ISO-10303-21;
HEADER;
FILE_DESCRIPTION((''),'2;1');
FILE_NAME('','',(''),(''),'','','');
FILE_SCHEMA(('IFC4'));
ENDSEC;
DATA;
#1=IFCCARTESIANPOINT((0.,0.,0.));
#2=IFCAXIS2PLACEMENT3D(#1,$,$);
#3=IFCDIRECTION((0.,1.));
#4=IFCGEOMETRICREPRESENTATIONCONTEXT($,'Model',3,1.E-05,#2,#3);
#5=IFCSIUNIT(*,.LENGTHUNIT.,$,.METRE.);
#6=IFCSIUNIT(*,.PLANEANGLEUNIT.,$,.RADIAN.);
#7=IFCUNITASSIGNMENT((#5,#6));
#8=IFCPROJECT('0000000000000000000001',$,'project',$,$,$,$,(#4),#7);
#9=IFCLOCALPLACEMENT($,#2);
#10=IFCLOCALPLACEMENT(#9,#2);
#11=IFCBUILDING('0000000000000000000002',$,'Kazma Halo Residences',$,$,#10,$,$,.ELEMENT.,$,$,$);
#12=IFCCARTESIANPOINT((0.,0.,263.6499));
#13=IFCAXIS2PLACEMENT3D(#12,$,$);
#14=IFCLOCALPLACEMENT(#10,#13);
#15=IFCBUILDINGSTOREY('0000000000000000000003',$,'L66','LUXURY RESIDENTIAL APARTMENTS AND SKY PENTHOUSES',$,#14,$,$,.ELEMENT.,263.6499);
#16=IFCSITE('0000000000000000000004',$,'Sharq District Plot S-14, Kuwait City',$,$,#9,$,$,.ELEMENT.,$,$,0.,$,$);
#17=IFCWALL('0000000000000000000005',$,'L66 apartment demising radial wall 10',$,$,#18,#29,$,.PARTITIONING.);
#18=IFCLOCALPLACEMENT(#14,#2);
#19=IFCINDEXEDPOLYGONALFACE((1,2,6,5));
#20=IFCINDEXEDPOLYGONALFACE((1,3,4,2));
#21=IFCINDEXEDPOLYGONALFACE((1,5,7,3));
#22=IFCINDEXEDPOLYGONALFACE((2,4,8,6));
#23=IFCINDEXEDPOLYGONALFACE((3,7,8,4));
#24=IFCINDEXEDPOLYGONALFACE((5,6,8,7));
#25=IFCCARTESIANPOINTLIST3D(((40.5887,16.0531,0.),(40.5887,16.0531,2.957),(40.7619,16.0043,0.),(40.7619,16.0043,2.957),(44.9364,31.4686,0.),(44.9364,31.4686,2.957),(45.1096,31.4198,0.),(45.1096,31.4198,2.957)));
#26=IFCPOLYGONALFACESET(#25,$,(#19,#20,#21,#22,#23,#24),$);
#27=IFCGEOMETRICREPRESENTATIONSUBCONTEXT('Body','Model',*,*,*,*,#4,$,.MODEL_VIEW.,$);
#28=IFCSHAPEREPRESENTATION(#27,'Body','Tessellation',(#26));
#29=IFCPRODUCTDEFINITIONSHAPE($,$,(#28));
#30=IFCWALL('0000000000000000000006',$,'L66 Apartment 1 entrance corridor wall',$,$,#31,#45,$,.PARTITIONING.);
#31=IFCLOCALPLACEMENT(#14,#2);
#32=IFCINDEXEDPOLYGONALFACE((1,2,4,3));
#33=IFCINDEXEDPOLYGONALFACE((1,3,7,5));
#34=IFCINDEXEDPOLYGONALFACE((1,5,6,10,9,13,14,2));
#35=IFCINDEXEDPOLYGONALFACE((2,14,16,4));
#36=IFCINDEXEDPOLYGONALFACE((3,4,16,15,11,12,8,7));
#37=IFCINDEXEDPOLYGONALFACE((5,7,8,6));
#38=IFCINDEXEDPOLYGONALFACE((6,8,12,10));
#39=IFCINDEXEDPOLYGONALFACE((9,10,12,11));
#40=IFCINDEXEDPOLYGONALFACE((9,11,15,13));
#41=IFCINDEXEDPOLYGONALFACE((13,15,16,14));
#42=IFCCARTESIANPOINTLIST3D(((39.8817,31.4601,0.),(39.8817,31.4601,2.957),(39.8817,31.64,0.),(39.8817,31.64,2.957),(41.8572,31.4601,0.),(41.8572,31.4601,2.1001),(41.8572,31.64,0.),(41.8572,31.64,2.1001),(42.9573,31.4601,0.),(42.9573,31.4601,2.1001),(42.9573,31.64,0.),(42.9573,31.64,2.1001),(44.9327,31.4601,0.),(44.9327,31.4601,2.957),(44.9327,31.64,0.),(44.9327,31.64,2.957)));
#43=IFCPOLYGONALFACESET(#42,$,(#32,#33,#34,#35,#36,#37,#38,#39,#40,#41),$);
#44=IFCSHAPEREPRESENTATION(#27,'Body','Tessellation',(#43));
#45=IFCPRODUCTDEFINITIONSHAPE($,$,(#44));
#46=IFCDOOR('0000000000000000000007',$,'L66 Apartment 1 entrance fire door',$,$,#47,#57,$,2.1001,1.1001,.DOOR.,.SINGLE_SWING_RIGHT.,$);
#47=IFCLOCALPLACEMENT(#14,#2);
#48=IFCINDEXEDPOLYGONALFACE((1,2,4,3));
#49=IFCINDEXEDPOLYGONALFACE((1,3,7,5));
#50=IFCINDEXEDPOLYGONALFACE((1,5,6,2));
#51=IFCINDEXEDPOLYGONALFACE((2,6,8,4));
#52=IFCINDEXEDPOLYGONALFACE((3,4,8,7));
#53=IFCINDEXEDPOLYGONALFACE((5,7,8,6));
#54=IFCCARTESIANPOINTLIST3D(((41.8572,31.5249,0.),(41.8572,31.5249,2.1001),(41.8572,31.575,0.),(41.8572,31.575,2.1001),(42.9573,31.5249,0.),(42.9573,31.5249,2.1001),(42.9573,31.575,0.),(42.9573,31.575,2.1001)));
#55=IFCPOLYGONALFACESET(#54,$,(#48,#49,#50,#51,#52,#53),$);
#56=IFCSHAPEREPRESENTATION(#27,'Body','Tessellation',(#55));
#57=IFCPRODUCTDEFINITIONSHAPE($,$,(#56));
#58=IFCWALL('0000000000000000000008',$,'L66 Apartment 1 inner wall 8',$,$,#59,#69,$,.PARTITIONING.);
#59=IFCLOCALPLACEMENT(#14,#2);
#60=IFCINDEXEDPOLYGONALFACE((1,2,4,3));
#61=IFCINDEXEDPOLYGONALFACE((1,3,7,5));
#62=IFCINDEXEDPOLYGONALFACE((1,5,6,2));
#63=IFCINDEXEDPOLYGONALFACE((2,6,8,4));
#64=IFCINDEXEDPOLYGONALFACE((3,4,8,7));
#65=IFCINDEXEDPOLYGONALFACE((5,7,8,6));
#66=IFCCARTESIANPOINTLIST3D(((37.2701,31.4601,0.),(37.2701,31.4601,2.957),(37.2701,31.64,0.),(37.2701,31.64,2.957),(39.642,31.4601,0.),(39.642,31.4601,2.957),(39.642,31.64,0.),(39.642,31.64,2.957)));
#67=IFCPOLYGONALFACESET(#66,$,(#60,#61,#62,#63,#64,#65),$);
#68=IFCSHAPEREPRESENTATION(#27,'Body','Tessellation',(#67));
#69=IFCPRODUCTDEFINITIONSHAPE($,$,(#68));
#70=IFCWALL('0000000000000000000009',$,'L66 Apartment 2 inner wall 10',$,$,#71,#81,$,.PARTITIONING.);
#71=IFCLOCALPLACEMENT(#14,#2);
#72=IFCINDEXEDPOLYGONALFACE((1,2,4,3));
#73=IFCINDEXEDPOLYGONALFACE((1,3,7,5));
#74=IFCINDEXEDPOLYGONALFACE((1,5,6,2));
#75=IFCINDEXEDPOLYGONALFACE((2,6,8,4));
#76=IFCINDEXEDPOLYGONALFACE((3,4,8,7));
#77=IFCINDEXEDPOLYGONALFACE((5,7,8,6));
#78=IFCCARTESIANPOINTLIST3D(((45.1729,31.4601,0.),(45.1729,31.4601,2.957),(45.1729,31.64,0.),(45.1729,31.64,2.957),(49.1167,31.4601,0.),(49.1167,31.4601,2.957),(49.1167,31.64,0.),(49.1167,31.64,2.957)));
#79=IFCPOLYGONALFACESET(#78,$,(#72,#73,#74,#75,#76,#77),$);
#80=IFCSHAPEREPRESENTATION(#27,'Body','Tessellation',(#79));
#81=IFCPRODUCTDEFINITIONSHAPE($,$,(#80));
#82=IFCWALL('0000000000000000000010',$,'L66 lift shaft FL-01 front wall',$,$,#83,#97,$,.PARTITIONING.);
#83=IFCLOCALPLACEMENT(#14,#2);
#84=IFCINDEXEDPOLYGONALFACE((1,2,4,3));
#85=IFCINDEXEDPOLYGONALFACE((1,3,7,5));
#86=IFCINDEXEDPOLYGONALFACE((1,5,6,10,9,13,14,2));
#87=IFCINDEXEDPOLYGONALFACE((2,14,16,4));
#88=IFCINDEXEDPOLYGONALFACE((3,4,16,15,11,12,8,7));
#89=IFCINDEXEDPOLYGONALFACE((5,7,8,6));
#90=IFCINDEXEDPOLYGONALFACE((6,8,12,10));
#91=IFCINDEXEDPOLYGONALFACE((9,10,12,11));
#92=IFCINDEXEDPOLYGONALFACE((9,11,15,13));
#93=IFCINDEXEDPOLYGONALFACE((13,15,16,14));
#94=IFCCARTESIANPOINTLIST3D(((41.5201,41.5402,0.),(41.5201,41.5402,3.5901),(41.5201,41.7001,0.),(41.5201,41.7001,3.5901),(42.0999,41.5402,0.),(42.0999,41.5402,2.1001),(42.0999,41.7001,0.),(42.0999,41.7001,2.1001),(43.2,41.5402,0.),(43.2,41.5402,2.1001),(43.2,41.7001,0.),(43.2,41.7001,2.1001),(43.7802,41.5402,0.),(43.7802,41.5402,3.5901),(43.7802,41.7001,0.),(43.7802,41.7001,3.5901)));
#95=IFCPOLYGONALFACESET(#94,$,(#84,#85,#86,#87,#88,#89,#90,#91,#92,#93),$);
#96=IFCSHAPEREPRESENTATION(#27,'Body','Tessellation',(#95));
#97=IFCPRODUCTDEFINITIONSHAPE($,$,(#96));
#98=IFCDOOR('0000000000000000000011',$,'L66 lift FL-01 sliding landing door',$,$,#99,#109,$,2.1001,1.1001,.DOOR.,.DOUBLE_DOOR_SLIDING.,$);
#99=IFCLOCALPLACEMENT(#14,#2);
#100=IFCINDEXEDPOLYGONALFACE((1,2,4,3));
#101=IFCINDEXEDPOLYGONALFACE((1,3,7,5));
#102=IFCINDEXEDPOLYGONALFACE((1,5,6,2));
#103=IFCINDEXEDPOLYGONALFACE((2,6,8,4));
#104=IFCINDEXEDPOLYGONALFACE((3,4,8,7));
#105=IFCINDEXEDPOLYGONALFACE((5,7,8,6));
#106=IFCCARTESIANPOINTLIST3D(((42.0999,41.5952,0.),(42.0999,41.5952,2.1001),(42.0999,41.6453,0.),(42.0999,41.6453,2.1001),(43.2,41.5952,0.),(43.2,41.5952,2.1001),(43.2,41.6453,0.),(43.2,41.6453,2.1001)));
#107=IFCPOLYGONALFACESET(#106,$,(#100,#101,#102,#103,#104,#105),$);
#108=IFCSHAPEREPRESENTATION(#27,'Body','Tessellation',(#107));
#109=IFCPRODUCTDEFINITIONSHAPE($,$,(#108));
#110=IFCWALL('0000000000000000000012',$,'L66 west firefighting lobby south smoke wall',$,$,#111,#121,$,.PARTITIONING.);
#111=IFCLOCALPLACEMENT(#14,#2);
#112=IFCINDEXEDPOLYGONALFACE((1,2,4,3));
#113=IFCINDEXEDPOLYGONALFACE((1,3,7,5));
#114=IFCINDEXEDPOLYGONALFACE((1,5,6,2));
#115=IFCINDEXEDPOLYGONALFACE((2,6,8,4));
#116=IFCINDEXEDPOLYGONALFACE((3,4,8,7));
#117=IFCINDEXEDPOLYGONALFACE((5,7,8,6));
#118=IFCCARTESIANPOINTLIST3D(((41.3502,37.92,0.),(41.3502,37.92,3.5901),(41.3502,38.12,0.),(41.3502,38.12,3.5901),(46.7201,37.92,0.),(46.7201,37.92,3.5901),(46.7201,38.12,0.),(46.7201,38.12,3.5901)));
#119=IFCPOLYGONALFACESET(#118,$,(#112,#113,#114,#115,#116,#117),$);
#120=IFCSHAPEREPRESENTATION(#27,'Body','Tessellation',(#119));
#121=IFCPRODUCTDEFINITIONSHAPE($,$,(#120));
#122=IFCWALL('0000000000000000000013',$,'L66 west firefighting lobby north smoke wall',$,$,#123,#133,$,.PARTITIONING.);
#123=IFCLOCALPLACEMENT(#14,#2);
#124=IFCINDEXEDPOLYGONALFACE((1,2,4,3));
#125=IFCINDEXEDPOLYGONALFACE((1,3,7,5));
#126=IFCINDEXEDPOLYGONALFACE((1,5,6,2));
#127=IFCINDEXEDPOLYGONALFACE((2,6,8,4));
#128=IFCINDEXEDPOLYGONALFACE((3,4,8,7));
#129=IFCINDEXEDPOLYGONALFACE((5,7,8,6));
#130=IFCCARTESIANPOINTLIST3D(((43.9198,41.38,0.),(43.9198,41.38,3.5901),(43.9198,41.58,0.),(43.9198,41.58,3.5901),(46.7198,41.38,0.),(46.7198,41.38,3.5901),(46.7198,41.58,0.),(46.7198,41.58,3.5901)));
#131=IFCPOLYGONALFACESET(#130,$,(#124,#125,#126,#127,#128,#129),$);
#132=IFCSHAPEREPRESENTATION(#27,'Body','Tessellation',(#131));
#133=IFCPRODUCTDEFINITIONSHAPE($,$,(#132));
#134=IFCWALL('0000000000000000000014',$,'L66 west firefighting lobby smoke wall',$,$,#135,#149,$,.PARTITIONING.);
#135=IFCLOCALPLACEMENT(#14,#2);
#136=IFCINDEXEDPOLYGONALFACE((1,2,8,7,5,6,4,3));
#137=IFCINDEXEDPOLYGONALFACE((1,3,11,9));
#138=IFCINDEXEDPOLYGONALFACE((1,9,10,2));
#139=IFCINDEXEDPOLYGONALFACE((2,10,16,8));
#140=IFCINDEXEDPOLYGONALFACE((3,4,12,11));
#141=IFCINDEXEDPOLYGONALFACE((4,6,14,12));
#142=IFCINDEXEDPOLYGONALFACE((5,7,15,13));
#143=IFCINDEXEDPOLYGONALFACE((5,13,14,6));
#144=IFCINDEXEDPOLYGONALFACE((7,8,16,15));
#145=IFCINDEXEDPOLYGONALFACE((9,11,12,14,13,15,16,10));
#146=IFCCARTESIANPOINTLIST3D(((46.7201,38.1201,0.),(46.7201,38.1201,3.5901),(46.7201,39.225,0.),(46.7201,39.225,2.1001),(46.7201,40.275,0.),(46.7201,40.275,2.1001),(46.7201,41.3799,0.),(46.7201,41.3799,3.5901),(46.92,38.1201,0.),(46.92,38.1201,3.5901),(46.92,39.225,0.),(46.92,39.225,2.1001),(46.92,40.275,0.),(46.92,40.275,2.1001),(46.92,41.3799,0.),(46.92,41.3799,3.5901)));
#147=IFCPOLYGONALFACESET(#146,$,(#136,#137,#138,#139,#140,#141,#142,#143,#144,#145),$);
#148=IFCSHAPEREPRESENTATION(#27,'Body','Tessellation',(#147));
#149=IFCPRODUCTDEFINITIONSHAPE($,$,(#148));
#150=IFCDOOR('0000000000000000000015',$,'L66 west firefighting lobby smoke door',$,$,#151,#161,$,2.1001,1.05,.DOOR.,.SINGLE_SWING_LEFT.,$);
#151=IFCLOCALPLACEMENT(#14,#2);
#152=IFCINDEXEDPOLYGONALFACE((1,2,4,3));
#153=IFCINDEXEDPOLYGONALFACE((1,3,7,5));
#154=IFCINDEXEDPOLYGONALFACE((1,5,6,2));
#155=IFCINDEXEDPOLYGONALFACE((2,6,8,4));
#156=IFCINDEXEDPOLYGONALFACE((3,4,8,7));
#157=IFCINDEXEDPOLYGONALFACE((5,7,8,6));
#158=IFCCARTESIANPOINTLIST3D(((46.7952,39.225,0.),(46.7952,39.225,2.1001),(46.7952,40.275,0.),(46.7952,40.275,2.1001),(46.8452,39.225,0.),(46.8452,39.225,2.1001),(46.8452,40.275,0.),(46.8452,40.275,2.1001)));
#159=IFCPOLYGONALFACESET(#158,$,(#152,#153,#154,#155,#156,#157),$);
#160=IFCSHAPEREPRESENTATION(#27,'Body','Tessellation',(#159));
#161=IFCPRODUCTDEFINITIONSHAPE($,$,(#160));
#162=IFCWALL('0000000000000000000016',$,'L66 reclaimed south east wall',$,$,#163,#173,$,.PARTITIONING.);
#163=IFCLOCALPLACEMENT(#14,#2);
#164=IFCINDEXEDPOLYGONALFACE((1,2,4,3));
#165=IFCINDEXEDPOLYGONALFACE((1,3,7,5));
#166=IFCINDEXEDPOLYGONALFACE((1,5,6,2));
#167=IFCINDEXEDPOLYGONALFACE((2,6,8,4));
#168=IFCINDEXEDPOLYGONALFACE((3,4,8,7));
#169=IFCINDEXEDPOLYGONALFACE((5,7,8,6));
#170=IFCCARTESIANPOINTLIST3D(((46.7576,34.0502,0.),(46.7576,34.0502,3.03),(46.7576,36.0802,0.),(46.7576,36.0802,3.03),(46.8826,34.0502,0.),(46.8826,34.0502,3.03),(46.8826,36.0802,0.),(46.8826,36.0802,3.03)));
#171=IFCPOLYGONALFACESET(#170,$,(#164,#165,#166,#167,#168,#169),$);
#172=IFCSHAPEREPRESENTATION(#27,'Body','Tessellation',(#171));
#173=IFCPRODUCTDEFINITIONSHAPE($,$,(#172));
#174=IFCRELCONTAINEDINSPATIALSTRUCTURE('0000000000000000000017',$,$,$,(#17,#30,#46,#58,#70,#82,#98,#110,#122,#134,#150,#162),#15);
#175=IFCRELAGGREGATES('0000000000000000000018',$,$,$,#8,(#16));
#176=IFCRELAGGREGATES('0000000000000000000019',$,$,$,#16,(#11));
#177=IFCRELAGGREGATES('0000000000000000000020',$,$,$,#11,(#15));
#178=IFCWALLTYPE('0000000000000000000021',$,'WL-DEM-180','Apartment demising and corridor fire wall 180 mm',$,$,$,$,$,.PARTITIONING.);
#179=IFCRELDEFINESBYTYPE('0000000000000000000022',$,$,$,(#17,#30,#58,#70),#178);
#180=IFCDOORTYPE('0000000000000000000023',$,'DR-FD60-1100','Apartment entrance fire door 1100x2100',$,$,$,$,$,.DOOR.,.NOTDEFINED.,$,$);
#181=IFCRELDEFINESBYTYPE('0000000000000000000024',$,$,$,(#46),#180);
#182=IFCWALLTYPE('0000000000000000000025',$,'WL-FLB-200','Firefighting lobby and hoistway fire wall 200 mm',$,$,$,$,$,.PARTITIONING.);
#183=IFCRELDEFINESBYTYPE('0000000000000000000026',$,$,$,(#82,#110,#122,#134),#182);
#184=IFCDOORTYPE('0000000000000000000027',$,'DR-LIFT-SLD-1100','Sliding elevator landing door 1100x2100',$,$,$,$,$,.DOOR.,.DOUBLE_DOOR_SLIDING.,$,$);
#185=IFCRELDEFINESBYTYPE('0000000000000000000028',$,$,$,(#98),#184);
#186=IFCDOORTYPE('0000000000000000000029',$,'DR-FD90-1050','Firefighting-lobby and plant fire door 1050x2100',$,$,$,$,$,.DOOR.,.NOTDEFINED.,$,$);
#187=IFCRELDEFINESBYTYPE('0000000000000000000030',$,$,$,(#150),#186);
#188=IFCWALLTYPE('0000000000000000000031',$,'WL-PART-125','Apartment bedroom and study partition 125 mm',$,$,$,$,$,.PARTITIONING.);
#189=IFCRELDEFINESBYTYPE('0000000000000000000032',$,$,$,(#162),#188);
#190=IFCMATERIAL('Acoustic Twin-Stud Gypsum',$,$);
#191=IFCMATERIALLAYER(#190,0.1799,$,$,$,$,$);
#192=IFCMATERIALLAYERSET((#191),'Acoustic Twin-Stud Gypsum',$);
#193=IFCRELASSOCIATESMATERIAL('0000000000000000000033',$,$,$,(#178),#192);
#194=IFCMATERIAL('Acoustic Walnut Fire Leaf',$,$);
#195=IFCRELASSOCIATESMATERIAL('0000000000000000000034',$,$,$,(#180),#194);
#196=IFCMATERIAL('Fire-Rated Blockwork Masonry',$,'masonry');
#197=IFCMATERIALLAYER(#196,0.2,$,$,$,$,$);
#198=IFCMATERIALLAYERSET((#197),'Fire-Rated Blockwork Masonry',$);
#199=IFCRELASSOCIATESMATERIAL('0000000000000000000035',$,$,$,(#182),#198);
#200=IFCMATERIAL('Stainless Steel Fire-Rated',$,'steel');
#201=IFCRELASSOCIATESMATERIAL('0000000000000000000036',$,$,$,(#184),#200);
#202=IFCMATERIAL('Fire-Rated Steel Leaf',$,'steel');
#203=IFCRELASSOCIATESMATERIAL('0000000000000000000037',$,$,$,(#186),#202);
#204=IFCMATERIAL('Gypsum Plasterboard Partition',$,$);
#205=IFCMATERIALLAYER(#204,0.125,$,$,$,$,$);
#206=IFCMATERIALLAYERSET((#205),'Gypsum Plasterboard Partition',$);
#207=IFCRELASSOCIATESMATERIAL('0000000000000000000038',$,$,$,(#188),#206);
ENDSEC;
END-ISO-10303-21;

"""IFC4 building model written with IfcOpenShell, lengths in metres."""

from ifc_helpers import new_model, si_unit, direction, frame, frame_2d, origin, place, context, subcontext, project, spatial, rectangle, extrude, material, layer, layer_set, type_object, element, fill, save


model = new_model("IFC4")

# Units and contexts
model_context = context("Model", 3, precision=1e-05, world=origin(), true_north=direction((0.0, 1.0)))
body_context = subcontext(model_context, "Body", "Model", "MODEL_VIEW")
ifc_project = project(units=[si_unit("LENGTHUNIT", "METRE"), si_unit("PLANEANGLEUNIT", "RADIAN")], contexts=[model_context])

# Site, building, storey
site_placement = place(None, origin())
site = spatial("IfcSite", under=ifc_project, at=site_placement, Name="Sharq District Plot S-14, Kuwait City", CompositionType="ELEMENT", RefElevation=0.0)
building_placement = place(site_placement, origin())
building = spatial("IfcBuilding", under=site, at=building_placement, Name="Kazma Halo Residences", CompositionType="ELEMENT")
storey_placement = place(building_placement, frame((0.0, 0.0, 263.6499)))
storey = spatial("IfcBuildingStorey", under=building, at=storey_placement, Name="L66", Description="LUXURY RESIDENTIAL APARTMENTS AND SKY PENTHOUSES", CompositionType="ELEMENT", Elevation=263.6499)

# Wall
ifc_material_1 = material(Name="Acoustic Twin-Stud Gypsum")
ifc_layer_1 = layer(ifc_material_1, 0.1799)
ifc_layer_set_1 = layer_set([ifc_layer_1], Name="Acoustic Twin-Stud Gypsum")
wall_type_1 = type_object("IfcWallType", Name="WL-DEM-180", Description="Apartment demising and corridor fire wall 180 mm", PredefinedType="PARTITIONING", material=ifc_layer_set_1)
wall_1_placement = place(storey_placement, frame((45.0229, 31.4441, 0.0), z_axis=(0.0, 0.0, 1.0), x_axis=(-0.271442, -0.962455, 0.0)))
element("IfcWall", 1, at=wall_1_placement, inside=storey, type_object=wall_type_1, Name="L66 apartment demising radial wall 10", PredefinedType="PARTITIONING", context=body_context, shape_type="SweptSolid", body=[
    extrude(rectangle(XDim=16.0168, YDim=0.1799, at=frame_2d((8.0083, 0.0))), origin(), (0.0, 0.0, 1.0), 2.957),
])

# Wall, opening, door
wall_2_placement = place(storey_placement, frame((39.8818, 31.55, 0.0), z_axis=(0.0, 0.0, 1.0), x_axis=(1.0, 0.0, 0.0)))
wall_2 = element("IfcWall", 2, at=wall_2_placement, inside=storey, type_object=wall_type_1, Name="L66 Apartment 1 entrance corridor wall", PredefinedType="PARTITIONING", context=body_context, shape_type="SweptSolid", body=[
    extrude(rectangle(XDim=5.051, YDim=0.1799, at=frame_2d((2.5254, 0.0))), origin(), (0.0, 0.0, 1.0), 2.957),
])
opening_1_placement = place(wall_2_placement, frame((1.9753, 0.0, 0.0)))
opening_1 = element("IfcOpeningElement", 3, at=opening_1_placement, cuts=wall_2, PredefinedType="OPENING", context=body_context, shape_type="SweptSolid", body=[
    extrude(rectangle(XDim=1.1001, YDim=2.1001, at=frame_2d((0.55, 1.05))), frame((0.0, 0.0999, 0.0), z_axis=(0.0, -1.0, 0.0), x_axis=(1.0, 0.0, 0.0)), (0.0, 0.0, 1.0), 0.2),
])
ifc_material_2 = material(Name="Acoustic Walnut Fire Leaf")
door_type_1 = type_object("IfcDoorType", Name="DR-FD60-1100", Description="Apartment entrance fire door 1100x2100", OperationType="NOTDEFINED", PredefinedType="DOOR", material=ifc_material_2)
door_1_placement = place(opening_1_placement, origin())
door_1 = element("IfcDoor", 4, at=door_1_placement, inside=storey, type_object=door_type_1, Name="L66 Apartment 1 entrance fire door", OperationType="SINGLE_SWING_RIGHT", OverallHeight=2.1001, OverallWidth=1.1001, PredefinedType="DOOR", context=body_context, shape_type="SweptSolid", body=[
    extrude(rectangle(XDim=1.1001, YDim=2.1001, at=frame_2d((0.55, 1.05))), frame((0.0, 0.0249, 0.0), z_axis=(0.0, -1.0, 0.0), x_axis=(1.0, 0.0, 0.0)), (0.0, 0.0, 1.0), 0.05),
])
fill(opening_1, door_1)

# Walls
wall_3_placement = place(storey_placement, frame((37.27, 31.55, 0.0), z_axis=(0.0, 0.0, 1.0), x_axis=(1.0, 0.0, 0.0)))
element("IfcWall", 5, at=wall_3_placement, inside=storey, type_object=wall_type_1, Name="L66 Apartment 1 inner wall 8", PredefinedType="PARTITIONING", context=body_context, shape_type="SweptSolid", body=[
    extrude(rectangle(XDim=2.3718, YDim=0.1799, at=frame_2d((1.186, 0.0))), origin(), (0.0, 0.0, 1.0), 2.957),
])
wall_4_placement = place(storey_placement, frame((45.1729, 31.55, 0.0), z_axis=(0.0, 0.0, 1.0), x_axis=(1.0, 0.0, 0.0)))
element("IfcWall", 6, at=wall_4_placement, inside=storey, type_object=wall_type_1, Name="L66 Apartment 2 inner wall 10", PredefinedType="PARTITIONING", context=body_context, shape_type="SweptSolid", body=[
    extrude(rectangle(XDim=3.9438, YDim=0.1799, at=frame_2d((1.9719, 0.0))), origin(), (0.0, 0.0, 1.0), 2.957),
])

# Wall, opening, door
ifc_material_3 = material(Name="Fire-Rated Blockwork Masonry", Category="masonry")
ifc_layer_2 = layer(ifc_material_3, 0.2)
ifc_layer_set_2 = layer_set([ifc_layer_2], Name="Fire-Rated Blockwork Masonry")
wall_type_2 = type_object("IfcWallType", Name="WL-FLB-200", Description="Firefighting lobby and hoistway fire wall 200 mm", PredefinedType="PARTITIONING", material=ifc_layer_set_2)
wall_5_placement = place(storey_placement, frame((43.78, 41.6201, 0.0), z_axis=(0.0, 0.0, 1.0), x_axis=(-1.0, 0.0, 0.0)))
wall_5 = element("IfcWall", 7, at=wall_5_placement, inside=storey, type_object=wall_type_2, Name="L66 lift shaft FL-01 front wall", PredefinedType="PARTITIONING", context=body_context, shape_type="SweptSolid", body=[
    extrude(rectangle(XDim=2.26, YDim=0.1599, at=frame_2d((1.1299, 0.0))), origin(), (0.0, 0.0, 1.0), 3.5901),
])
opening_2_placement = place(wall_5_placement, frame((0.5801, 0.0, 0.0)))
opening_2 = element("IfcOpeningElement", 8, at=opening_2_placement, cuts=wall_5, PredefinedType="OPENING", context=body_context, shape_type="SweptSolid", body=[
    extrude(rectangle(XDim=1.1001, YDim=2.1001, at=frame_2d((0.55, 1.05))), frame((0.0, 0.0898, 0.0), z_axis=(0.0, -1.0, 0.0), x_axis=(1.0, 0.0, 0.0)), (0.0, 0.0, 1.0), 0.1799),
])
ifc_material_4 = material(Name="Stainless Steel Fire-Rated", Category="steel")
door_type_2 = type_object("IfcDoorType", Name="DR-LIFT-SLD-1100", Description="Sliding elevator landing door 1100x2100", OperationType="DOUBLE_DOOR_SLIDING", PredefinedType="DOOR", material=ifc_material_4)
door_2_placement = place(opening_2_placement, origin())
door_2 = element("IfcDoor", 9, at=door_2_placement, inside=storey, type_object=door_type_2, Name="L66 lift FL-01 sliding landing door", OperationType="DOUBLE_DOOR_SLIDING", OverallHeight=2.1001, OverallWidth=1.1001, PredefinedType="DOOR", context=body_context, shape_type="SweptSolid", body=[
    extrude(rectangle(XDim=1.1001, YDim=2.1001, at=frame_2d((0.55, 1.05))), frame((0.0, 0.0249, 0.0), z_axis=(0.0, -1.0, 0.0), x_axis=(1.0, 0.0, 0.0)), (0.0, 0.0, 1.0), 0.05),
])
fill(opening_2, door_2)

# Walls
wall_6_placement = place(storey_placement, frame((41.3501, 38.02, 0.0), z_axis=(0.0, 0.0, 1.0), x_axis=(1.0, 0.0, 0.0)))
element("IfcWall", 10, at=wall_6_placement, inside=storey, type_object=wall_type_2, Name="L66 west firefighting lobby south smoke wall", PredefinedType="PARTITIONING", context=body_context, shape_type="SweptSolid", body=[
    extrude(rectangle(XDim=5.3699, YDim=0.2, at=frame_2d((2.6851, 0.0))), origin(), (0.0, 0.0, 1.0), 3.5901),
])
wall_7_placement = place(storey_placement, frame((43.9199, 41.48, 0.0), z_axis=(0.0, 0.0, 1.0), x_axis=(1.0, 0.0, 0.0)))
element("IfcWall", 11, at=wall_7_placement, inside=storey, type_object=wall_type_2, Name="L66 west firefighting lobby north smoke wall", PredefinedType="PARTITIONING", context=body_context, shape_type="SweptSolid", body=[
    extrude(rectangle(XDim=2.8, YDim=0.2, at=frame_2d((1.3999, 0.0))), origin(), (0.0, 0.0, 1.0), 3.5901),
])

# Wall, opening, door
wall_8_placement = place(storey_placement, frame((46.8201, 38.1201, 0.0), z_axis=(0.0, 0.0, 1.0), x_axis=(0.0, 1.0, 0.0)))
wall_8 = element("IfcWall", 12, at=wall_8_placement, inside=storey, type_object=wall_type_2, Name="L66 west firefighting lobby smoke wall", PredefinedType="PARTITIONING", context=body_context, shape_type="SweptSolid", body=[
    extrude(rectangle(XDim=3.2598, YDim=0.2, at=frame_2d((1.6299, 0.0))), origin(), (0.0, 0.0, 1.0), 3.5901),
])
opening_3_placement = place(wall_8_placement, frame((1.105, 0.0, 0.0)))
opening_3 = element("IfcOpeningElement", 13, at=opening_3_placement, cuts=wall_8, PredefinedType="OPENING", context=body_context, shape_type="SweptSolid", body=[
    extrude(rectangle(XDim=1.05, YDim=2.1001, at=frame_2d((0.5249, 1.05))), frame((0.0, 0.1099, 0.0), z_axis=(0.0, -1.0, 0.0), x_axis=(1.0, 0.0, 0.0)), (0.0, 0.0, 1.0), 0.22),
])
ifc_material_5 = material(Name="Fire-Rated Steel Leaf", Category="steel")
door_type_3 = type_object("IfcDoorType", Name="DR-FD90-1050", Description="Firefighting-lobby and plant fire door 1050x2100", OperationType="NOTDEFINED", PredefinedType="DOOR", material=ifc_material_5)
door_3_placement = place(opening_3_placement, origin())
door_3 = element("IfcDoor", 14, at=door_3_placement, inside=storey, type_object=door_type_3, Name="L66 west firefighting lobby smoke door", OperationType="SINGLE_SWING_LEFT", OverallHeight=2.1001, OverallWidth=1.05, PredefinedType="DOOR", context=body_context, shape_type="SweptSolid", body=[
    extrude(rectangle(XDim=1.05, YDim=2.1001, at=frame_2d((0.5249, 1.05))), frame((0.0, 0.0249, 0.0), z_axis=(0.0, -1.0, 0.0), x_axis=(1.0, 0.0, 0.0)), (0.0, 0.0, 1.0), 0.05),
])
fill(opening_3, door_3)

# Wall
ifc_material_6 = material(Name="Gypsum Plasterboard Partition")
ifc_layer_3 = layer(ifc_material_6, 0.125)
ifc_layer_set_3 = layer_set([ifc_layer_3], Name="Gypsum Plasterboard Partition")
wall_type_3 = type_object("IfcWallType", Name="WL-PART-125", Description="Apartment bedroom and study partition 125 mm", PredefinedType="PARTITIONING", material=ifc_layer_set_3)
wall_9_placement = place(storey_placement, frame((46.8201, 34.05, 0.0), z_axis=(0.0, 0.0, 1.0), x_axis=(0.0, 1.0, 0.0)))
element("IfcWall", 15, at=wall_9_placement, inside=storey, type_object=wall_type_3, Name="L66 reclaimed south east wall", PredefinedType="PARTITIONING", context=body_context, shape_type="SweptSolid", body=[
    extrude(rectangle(XDim=2.03, YDim=0.125, at=frame_2d((1.0151, 0.0))), origin(), (0.0, 0.0, 1.0), 3.03),
])

save(model, "model.ifc")
